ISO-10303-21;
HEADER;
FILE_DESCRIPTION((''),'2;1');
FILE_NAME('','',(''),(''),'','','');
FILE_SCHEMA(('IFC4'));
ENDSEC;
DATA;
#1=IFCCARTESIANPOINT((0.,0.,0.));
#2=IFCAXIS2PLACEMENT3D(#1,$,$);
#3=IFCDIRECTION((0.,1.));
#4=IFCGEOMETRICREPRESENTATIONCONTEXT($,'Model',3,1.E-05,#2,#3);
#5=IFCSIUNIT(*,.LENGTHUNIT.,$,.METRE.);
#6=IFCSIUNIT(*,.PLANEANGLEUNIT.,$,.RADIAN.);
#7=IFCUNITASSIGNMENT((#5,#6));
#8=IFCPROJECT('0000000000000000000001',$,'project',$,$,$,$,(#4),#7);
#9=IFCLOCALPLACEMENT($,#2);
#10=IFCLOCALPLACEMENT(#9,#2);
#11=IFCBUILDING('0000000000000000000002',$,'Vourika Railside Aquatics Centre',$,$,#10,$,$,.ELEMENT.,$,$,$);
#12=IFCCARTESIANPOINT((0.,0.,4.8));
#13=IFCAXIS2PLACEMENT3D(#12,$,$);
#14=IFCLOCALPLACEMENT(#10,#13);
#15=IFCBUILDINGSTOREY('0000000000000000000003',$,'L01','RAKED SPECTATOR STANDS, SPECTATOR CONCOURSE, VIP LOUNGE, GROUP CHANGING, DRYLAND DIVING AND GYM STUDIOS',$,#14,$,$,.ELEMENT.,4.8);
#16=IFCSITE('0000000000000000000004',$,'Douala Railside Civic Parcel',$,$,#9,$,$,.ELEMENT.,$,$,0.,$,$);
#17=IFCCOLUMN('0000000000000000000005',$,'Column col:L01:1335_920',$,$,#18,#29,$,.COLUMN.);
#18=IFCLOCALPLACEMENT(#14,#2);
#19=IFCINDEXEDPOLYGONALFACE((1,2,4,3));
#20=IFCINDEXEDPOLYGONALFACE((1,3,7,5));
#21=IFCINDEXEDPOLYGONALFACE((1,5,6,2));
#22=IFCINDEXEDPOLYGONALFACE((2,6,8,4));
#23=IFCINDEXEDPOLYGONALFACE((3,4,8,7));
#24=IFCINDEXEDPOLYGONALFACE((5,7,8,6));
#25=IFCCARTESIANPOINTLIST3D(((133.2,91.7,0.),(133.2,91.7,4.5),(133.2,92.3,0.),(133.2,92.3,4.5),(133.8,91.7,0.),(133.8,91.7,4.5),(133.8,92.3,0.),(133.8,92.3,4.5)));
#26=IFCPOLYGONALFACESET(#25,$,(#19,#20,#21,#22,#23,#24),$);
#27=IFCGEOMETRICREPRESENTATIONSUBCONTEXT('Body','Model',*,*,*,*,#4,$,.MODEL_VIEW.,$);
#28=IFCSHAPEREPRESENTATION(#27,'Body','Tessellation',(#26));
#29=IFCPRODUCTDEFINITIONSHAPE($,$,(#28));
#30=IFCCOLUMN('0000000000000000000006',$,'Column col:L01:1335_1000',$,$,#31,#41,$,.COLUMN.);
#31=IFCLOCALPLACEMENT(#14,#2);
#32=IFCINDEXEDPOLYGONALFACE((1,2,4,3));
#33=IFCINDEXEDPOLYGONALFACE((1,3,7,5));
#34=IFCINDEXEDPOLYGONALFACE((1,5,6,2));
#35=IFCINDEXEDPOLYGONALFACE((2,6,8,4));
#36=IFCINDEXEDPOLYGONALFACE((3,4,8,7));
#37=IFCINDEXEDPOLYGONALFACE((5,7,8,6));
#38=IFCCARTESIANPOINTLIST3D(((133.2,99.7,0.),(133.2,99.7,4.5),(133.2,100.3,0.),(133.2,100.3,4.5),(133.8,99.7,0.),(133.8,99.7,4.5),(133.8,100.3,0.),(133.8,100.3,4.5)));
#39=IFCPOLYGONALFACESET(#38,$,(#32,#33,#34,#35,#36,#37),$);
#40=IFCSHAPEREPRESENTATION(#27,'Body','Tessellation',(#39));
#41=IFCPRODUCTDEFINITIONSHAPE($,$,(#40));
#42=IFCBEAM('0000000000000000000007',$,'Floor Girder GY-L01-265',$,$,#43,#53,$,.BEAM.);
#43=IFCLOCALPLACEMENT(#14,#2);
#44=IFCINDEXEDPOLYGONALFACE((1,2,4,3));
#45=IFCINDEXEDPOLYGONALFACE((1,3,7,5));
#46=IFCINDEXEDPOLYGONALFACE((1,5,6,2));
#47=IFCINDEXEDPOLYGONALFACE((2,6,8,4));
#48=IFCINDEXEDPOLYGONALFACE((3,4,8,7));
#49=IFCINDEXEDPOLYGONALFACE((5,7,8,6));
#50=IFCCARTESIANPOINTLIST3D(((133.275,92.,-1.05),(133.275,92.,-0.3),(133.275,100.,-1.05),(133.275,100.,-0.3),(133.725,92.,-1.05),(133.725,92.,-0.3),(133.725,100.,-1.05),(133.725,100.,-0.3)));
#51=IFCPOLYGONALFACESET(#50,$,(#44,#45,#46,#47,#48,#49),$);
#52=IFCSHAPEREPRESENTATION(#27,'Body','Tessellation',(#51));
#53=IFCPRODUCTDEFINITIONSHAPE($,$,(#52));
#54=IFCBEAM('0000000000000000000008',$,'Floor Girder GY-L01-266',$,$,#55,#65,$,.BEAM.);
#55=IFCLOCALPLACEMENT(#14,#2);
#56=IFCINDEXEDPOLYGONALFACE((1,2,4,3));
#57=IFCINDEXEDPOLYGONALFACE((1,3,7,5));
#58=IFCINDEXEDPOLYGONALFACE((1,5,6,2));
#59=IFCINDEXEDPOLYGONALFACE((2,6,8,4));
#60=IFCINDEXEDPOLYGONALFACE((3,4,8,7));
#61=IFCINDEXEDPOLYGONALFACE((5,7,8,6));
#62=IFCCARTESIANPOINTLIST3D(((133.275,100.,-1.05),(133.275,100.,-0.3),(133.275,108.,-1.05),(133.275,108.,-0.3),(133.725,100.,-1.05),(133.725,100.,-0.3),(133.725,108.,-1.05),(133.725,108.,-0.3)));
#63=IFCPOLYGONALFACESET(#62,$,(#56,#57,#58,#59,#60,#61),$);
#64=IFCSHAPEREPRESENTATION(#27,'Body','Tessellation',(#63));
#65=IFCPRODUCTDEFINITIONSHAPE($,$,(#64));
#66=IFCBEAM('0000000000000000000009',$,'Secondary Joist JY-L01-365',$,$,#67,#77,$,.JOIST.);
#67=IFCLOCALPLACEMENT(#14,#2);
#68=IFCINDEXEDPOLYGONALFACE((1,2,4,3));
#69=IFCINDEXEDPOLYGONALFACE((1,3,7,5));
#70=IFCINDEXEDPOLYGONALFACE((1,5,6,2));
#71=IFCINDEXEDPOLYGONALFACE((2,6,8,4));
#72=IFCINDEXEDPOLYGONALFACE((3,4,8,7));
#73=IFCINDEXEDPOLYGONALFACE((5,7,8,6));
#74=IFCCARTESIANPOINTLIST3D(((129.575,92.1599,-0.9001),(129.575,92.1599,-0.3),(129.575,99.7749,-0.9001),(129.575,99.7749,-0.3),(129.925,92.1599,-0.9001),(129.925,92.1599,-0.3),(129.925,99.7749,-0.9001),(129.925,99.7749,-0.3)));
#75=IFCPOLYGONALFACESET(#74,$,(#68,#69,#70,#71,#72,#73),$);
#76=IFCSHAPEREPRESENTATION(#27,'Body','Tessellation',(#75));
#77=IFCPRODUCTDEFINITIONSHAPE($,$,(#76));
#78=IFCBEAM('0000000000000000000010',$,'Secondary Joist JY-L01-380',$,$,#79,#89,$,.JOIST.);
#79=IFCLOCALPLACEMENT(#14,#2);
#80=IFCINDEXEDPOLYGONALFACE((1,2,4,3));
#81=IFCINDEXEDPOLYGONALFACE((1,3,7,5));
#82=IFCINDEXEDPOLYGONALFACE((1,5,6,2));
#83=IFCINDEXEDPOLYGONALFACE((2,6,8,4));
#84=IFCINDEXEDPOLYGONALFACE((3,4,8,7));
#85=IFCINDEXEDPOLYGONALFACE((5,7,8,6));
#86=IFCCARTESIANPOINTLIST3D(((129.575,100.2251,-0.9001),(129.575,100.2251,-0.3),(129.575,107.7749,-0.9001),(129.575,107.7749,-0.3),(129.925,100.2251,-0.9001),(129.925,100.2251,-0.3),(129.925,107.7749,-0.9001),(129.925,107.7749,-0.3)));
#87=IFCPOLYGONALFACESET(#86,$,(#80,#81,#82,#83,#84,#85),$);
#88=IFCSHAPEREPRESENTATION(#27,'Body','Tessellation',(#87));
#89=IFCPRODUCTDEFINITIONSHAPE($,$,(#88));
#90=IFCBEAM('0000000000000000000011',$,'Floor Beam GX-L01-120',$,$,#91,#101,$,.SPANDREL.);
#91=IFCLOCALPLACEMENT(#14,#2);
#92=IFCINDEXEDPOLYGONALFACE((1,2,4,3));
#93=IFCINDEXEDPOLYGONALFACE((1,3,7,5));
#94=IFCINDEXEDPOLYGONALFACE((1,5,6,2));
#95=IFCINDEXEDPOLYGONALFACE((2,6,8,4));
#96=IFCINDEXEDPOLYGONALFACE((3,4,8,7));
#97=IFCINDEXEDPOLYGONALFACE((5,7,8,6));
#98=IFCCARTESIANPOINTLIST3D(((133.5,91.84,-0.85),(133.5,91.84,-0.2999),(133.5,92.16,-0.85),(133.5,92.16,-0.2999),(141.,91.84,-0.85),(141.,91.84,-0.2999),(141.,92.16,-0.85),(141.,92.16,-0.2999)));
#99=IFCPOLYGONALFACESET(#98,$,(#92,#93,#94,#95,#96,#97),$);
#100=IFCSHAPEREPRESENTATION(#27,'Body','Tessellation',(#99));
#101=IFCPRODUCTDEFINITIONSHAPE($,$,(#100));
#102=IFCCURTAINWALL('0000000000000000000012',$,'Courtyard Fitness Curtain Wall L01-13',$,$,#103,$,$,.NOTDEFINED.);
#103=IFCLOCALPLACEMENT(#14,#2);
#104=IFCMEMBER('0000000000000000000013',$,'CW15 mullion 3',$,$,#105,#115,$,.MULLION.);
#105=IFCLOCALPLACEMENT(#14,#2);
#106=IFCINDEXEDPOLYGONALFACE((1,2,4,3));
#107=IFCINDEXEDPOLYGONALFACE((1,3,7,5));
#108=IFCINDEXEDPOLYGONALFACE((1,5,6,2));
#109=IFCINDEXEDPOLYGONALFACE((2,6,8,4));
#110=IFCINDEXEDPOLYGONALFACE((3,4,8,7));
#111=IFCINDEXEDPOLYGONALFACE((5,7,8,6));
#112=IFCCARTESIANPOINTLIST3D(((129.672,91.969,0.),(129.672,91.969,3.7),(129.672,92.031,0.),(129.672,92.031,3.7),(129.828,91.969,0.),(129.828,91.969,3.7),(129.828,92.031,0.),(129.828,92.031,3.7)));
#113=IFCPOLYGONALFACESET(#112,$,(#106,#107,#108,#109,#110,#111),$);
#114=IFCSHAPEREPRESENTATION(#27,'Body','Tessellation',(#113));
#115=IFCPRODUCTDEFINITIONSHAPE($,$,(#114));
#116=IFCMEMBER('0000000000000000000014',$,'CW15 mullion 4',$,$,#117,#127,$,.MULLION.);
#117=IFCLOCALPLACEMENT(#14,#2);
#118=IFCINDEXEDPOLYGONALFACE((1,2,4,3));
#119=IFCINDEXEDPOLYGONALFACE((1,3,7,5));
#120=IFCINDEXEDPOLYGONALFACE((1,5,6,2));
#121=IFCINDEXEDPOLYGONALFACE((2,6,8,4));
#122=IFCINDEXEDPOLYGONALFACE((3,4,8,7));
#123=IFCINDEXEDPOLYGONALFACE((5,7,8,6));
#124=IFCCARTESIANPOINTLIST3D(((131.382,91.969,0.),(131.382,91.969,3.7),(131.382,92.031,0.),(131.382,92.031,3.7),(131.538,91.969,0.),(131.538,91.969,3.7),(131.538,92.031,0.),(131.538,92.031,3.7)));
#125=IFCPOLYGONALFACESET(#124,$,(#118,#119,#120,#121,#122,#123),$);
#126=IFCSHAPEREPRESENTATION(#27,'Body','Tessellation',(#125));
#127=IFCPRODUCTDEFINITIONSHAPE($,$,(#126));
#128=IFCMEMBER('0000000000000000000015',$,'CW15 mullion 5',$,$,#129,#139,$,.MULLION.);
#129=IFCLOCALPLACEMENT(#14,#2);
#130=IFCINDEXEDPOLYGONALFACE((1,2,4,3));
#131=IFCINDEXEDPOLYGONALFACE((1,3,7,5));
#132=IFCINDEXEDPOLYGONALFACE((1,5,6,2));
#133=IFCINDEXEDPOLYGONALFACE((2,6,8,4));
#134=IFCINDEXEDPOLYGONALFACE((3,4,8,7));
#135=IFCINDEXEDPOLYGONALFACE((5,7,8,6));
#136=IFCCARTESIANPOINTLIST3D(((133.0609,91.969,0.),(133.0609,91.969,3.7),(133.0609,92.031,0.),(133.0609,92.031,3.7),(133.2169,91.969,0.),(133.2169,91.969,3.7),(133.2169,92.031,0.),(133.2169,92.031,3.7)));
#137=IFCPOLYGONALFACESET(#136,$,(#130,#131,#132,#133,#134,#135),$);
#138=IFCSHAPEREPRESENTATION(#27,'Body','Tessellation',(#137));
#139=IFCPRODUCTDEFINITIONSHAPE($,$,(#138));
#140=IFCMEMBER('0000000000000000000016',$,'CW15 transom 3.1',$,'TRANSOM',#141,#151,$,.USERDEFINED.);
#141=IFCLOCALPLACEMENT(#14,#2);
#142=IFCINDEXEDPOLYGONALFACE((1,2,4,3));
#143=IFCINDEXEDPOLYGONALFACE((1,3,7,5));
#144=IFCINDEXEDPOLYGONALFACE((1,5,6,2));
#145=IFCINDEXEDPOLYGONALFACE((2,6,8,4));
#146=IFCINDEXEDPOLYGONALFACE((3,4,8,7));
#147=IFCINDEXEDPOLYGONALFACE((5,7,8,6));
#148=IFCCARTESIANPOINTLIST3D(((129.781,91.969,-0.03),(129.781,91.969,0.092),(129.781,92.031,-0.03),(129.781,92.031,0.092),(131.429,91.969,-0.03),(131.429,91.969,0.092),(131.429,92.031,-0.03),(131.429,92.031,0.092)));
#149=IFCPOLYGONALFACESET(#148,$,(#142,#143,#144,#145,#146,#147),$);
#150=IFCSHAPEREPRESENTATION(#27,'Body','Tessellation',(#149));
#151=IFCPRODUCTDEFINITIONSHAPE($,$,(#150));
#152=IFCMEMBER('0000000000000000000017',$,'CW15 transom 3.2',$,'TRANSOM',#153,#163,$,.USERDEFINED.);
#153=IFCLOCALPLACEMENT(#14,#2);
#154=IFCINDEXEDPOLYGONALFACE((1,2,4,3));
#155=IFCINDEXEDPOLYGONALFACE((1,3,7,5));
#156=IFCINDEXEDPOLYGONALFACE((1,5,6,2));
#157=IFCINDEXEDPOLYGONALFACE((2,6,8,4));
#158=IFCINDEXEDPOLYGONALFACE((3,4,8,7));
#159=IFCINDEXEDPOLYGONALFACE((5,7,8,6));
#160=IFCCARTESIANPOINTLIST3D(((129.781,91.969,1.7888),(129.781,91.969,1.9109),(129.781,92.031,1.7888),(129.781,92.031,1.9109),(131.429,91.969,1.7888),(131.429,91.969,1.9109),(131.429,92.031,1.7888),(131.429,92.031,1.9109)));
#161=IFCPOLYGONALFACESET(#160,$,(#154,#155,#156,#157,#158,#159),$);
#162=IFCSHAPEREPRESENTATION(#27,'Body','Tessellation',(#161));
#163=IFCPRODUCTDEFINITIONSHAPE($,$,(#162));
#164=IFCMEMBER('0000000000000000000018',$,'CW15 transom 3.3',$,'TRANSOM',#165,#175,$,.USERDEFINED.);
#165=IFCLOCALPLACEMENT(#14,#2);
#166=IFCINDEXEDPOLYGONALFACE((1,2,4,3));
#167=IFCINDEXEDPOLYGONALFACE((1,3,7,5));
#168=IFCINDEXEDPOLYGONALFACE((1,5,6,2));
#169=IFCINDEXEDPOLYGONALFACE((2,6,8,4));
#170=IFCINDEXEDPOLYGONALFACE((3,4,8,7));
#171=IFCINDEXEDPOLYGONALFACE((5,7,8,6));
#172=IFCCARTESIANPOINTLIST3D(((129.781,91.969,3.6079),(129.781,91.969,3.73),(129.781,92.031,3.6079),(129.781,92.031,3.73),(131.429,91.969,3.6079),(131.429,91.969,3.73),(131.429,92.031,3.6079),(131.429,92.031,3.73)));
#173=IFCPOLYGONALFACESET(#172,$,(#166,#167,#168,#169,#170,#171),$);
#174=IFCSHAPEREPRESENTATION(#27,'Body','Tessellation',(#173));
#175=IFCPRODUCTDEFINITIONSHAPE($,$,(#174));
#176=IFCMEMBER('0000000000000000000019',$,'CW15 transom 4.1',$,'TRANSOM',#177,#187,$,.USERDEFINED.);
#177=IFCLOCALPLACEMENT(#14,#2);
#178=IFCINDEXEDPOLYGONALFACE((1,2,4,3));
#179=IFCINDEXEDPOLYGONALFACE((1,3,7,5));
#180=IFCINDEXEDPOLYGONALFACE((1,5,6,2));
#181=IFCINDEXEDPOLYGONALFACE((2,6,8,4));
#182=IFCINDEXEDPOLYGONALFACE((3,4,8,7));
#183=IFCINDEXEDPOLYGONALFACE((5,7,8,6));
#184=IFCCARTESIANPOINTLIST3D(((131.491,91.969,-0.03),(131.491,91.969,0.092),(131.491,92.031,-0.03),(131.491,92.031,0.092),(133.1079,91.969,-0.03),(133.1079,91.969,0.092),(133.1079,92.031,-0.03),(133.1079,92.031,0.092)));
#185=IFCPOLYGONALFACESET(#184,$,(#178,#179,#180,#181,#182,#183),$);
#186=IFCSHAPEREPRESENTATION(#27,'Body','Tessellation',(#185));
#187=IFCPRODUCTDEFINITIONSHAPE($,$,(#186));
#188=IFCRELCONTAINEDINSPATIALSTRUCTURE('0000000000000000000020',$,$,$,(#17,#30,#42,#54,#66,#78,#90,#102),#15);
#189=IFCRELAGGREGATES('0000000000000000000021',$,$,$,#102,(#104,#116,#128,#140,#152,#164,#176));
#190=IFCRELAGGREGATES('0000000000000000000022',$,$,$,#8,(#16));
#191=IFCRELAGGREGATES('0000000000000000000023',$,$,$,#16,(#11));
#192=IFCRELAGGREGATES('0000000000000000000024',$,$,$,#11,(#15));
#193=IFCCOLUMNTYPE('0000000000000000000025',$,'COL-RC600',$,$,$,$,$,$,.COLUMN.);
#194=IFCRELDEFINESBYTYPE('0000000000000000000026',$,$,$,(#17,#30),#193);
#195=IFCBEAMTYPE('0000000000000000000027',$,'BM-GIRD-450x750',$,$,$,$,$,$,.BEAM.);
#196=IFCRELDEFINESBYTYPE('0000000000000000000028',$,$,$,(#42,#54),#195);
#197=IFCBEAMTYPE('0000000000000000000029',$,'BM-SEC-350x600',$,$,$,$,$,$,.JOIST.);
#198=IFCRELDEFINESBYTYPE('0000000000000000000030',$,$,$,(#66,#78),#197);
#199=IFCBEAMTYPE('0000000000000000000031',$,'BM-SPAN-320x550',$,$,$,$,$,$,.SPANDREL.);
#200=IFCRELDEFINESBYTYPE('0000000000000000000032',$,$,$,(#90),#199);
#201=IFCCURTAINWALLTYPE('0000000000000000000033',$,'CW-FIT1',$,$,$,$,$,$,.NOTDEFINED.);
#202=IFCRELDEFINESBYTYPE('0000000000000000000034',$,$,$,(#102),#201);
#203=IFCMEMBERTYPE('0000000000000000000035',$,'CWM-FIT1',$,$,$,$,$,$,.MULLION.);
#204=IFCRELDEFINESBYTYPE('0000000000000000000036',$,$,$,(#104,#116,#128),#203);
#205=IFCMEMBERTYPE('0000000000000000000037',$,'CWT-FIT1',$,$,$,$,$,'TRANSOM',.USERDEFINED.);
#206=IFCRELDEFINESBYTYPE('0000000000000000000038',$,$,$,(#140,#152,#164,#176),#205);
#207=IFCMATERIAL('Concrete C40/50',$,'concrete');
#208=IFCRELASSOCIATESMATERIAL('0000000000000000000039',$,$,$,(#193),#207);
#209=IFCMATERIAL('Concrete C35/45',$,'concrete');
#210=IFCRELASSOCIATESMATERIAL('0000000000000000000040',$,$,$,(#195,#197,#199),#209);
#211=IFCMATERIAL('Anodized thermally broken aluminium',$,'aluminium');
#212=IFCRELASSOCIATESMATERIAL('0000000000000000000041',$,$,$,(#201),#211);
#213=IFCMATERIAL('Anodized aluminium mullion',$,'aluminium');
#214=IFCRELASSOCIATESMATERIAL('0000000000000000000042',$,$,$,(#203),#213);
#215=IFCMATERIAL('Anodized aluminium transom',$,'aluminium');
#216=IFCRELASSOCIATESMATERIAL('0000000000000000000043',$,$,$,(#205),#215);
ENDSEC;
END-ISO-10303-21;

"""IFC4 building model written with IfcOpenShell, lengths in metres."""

from ifc_helpers import new_model, si_unit, direction, frame, origin, origin_2d, place, context, subcontext, project, spatial, rectangle, extrude, material, material_profile, profile_set, type_object, element, aggregate, save


model = new_model("IFC4")

# Units and contexts
model_context = context("Model", 3, precision=1e-05, world=origin(), true_north=direction((0.0, 1.0)))
body_context = subcontext(model_context, "Body", "Model", "MODEL_VIEW")
ifc_project = project(units=[si_unit("LENGTHUNIT", "METRE"), si_unit("PLANEANGLEUNIT", "RADIAN")], contexts=[model_context])

# Site, building, storey
site_placement = place(None, origin())
site = spatial("IfcSite", under=ifc_project, at=site_placement, Name="Douala Railside Civic Parcel", CompositionType="ELEMENT", RefElevation=0.0)
building_placement = place(site_placement, origin())
building = spatial("IfcBuilding", under=site, at=building_placement, Name="Vourika Railside Aquatics Centre", CompositionType="ELEMENT")
storey_placement = place(building_placement, frame((0.0, 0.0, 4.8)))
storey = spatial("IfcBuildingStorey", under=building, at=storey_placement, Name="L01", Description="RAKED SPECTATOR STANDS, SPECTATOR CONCOURSE, VIP LOUNGE, GROUP CHANGING, DRYLAND DIVING AND GYM STUDIOS", CompositionType="ELEMENT", Elevation=4.8)

# Columns
ifc_material_1 = material(Name="Concrete C40/50", Category="concrete")
ifc_material_profile_1 = material_profile(ifc_material_1, rectangle(XDim=0.6001, YDim=0.6001, at=origin_2d()), Name="RC 600x600")
ifc_profile_set_1 = profile_set([ifc_material_profile_1], Name="Concrete C40/50")
column_type = type_object("IfcColumnType", Name="COL-RC600", PredefinedType="COLUMN", material=ifc_profile_set_1)
for number, where, z_axis, x_axis, name in (
    (1, (133.5, 92.0, 0.0), (0.0, 0.0, 1.0), (1.0, 0.0, 0.0), "Column col:L01:1335_920"),
    (2, (133.5, 100.0, 0.0), (0.0, 0.0, 1.0), (1.0, 0.0, 0.0), "Column col:L01:1335_1000"),
):
    element("IfcColumn", number, at=place(storey_placement, frame(where, z_axis=z_axis, x_axis=x_axis)), inside=storey, type_object=column_type, Name=name, PredefinedType="COLUMN", context=body_context, shape_type="SweptSolid", body=[
        extrude(rectangle(XDim=0.6001, YDim=0.6001, at=origin_2d()), origin(), (0.0, 0.0, 1.0), 4.5),
    ])

# Beams
ifc_material_2 = material(Name="Concrete C35/45", Category="concrete")
ifc_material_profile_2 = material_profile(ifc_material_2, rectangle(XDim=0.45, YDim=0.75, at=origin_2d()), Name="RC 450x750")
ifc_profile_set_2 = profile_set([ifc_material_profile_2], Name="Concrete C35/45")
beam_type_1 = type_object("IfcBeamType", Name="BM-GIRD-450x750", PredefinedType="BEAM", material=ifc_profile_set_2)
for number, where, z_axis, x_axis, name in (
    (3, (133.5, 92.0, -0.675), (0.0, 1.0, 0.0), (-1.0, 0.0, 0.0), "Floor Girder GY-L01-265"),
    (4, (133.5, 100.0, -0.675), (0.0, 1.0, 0.0), (-1.0, 0.0, 0.0), "Floor Girder GY-L01-266"),
):
    element("IfcBeam", number, at=place(storey_placement, frame(where, z_axis=z_axis, x_axis=x_axis)), inside=storey, type_object=beam_type_1, Name=name, PredefinedType="BEAM", context=body_context, shape_type="SweptSolid", body=[
        extrude(rectangle(XDim=0.45, YDim=0.75, at=origin_2d()), origin(), (0.0, 0.0, 1.0), 8.0),
    ])
ifc_material_profile_3 = material_profile(ifc_material_2, rectangle(XDim=0.3501, YDim=0.6001, at=origin_2d()), Name="RC 350x600")
ifc_profile_set_3 = profile_set([ifc_material_profile_3], Name="Concrete C35/45")
beam_type_2 = type_object("IfcBeamType", Name="BM-SEC-350x600", PredefinedType="JOIST", material=ifc_profile_set_3)
beam_1_placement = place(storey_placement, frame((129.75, 92.1599, -0.6001), z_axis=(0.0, 1.0, 0.0), x_axis=(-1.0, 0.0, 0.0)))
element("IfcBeam", 5, at=beam_1_placement, inside=storey, type_object=beam_type_2, Name="Secondary Joist JY-L01-365", PredefinedType="JOIST", context=body_context, shape_type="SweptSolid", body=[
    extrude(rectangle(XDim=0.3501, YDim=0.6001, at=origin_2d()), origin(), (0.0, 0.0, 1.0), 7.615),
])
beam_2_placement = place(storey_placement, frame((129.75, 100.2251, -0.6001), z_axis=(0.0, 1.0, 0.0), x_axis=(-1.0, 0.0, 0.0)))
element("IfcBeam", 6, at=beam_2_placement, inside=storey, type_object=beam_type_2, Name="Secondary Joist JY-L01-380", PredefinedType="JOIST", context=body_context, shape_type="SweptSolid", body=[
    extrude(rectangle(XDim=0.3501, YDim=0.6001, at=origin_2d()), origin(), (0.0, 0.0, 1.0), 7.5498),
])
ifc_material_profile_4 = material_profile(ifc_material_2, rectangle(XDim=0.3201, YDim=0.55, at=origin_2d()), Name="RC 320x550")
ifc_profile_set_4 = profile_set([ifc_material_profile_4], Name="Concrete C35/45")
beam_type_3 = type_object("IfcBeamType", Name="BM-SPAN-320x550", PredefinedType="SPANDREL", material=ifc_profile_set_4)
beam_3_placement = place(storey_placement, frame((133.5, 92.0, -0.575), z_axis=(1.0, 0.0, 0.0), x_axis=(0.0, 1.0, 0.0)))
element("IfcBeam", 7, at=beam_3_placement, inside=storey, type_object=beam_type_3, Name="Floor Beam GX-L01-120", PredefinedType="SPANDREL", context=body_context, shape_type="SweptSolid", body=[
    extrude(rectangle(XDim=0.3201, YDim=0.55, at=origin_2d()), origin(), (0.0, 0.0, 1.0), 7.5),
])

# Curtain wall, members
ifc_material_3 = material(Name="Anodized thermally broken aluminium", Category="aluminium")
curtain_wall_type = type_object("IfcCurtainWallType", Name="CW-FIT1", PredefinedType="NOTDEFINED", material=ifc_material_3)
curtain_wall_placement = place(storey_placement, origin())
curtain_wall = element("IfcCurtainWall", 8, at=curtain_wall_placement, inside=storey, type_object=curtain_wall_type, Name="Courtyard Fitness Curtain Wall L01-13", PredefinedType="NOTDEFINED")
ifc_material_4 = material(Name="Anodized aluminium mullion", Category="aluminium")
ifc_material_profile_5 = material_profile(ifc_material_4, rectangle(XDim=0.062, YDim=0.156, at=origin_2d()), Name="ALU-M 62x156")
ifc_profile_set_5 = profile_set([ifc_material_profile_5], Name="Anodized aluminium mullion")
member_type_1 = type_object("IfcMemberType", Name="CWM-FIT1", PredefinedType="MULLION", material=ifc_profile_set_5)
member_1_placement = place(storey_placement, frame((129.75, 92.0, 0.0), z_axis=(0.0, 0.0, 1.0), x_axis=(0.0, 1.0, 0.0)))
member_1 = element("IfcMember", 9, at=member_1_placement, type_object=member_type_1, Name="CW15 mullion 3", PredefinedType="MULLION", context=body_context, shape_type="SweptSolid", body=[
    extrude(rectangle(XDim=0.062, YDim=0.156, at=origin_2d()), origin(), (0.0, 0.0, 1.0), 3.7),
])
member_2_placement = place(storey_placement, frame((131.46, 92.0, 0.0), z_axis=(0.0, 0.0, 1.0), x_axis=(0.0, 1.0, 0.0)))
member_2 = element("IfcMember", 10, at=member_2_placement, type_object=member_type_1, Name="CW15 mullion 4", PredefinedType="MULLION", context=body_context, shape_type="SweptSolid", body=[
    extrude(rectangle(XDim=0.062, YDim=0.156, at=origin_2d()), origin(), (0.0, 0.0, 1.0), 3.7),
])
member_3_placement = place(storey_placement, frame((133.1389, 92.0, 0.0), z_axis=(0.0, 0.0, 1.0), x_axis=(0.0, 1.0, 0.0)))
member_3 = element("IfcMember", 11, at=member_3_placement, type_object=member_type_1, Name="CW15 mullion 5", PredefinedType="MULLION", context=body_context, shape_type="SweptSolid", body=[
    extrude(rectangle(XDim=0.062, YDim=0.156, at=origin_2d()), origin(), (0.0, 0.0, 1.0), 3.7),
])
ifc_material_5 = material(Name="Anodized aluminium transom", Category="aluminium")
ifc_material_profile_6 = material_profile(ifc_material_5, rectangle(XDim=0.062, YDim=0.1221, at=origin_2d()), Name="ALU-T 62x122")
ifc_profile_set_6 = profile_set([ifc_material_profile_6], Name="Anodized aluminium transom")
member_type_2 = type_object("IfcMemberType", Name="CWT-FIT1", ElementType="TRANSOM", PredefinedType="USERDEFINED", material=ifc_profile_set_6)
member_4_placement = place(storey_placement, frame((129.781, 92.0, 0.031), z_axis=(1.0, 0.0, 0.0), x_axis=(0.0, 1.0, 0.0)))
member_4 = element("IfcMember", 12, at=member_4_placement, type_object=member_type_2, Name="CW15 transom 3.1", ObjectType="TRANSOM", PredefinedType="USERDEFINED", context=body_context, shape_type="SweptSolid", body=[
    extrude(rectangle(XDim=0.062, YDim=0.1221, at=origin_2d()), origin(), (0.0, 0.0, 1.0), 1.6479),
])
member_5_placement = place(storey_placement, frame((129.781, 92.0, 1.8499), z_axis=(1.0, 0.0, 0.0), x_axis=(0.0, 1.0, 0.0)))
member_5 = element("IfcMember", 13, at=member_5_placement, type_object=member_type_2, Name="CW15 transom 3.2", ObjectType="TRANSOM", PredefinedType="USERDEFINED", context=body_context, shape_type="SweptSolid", body=[
    extrude(rectangle(XDim=0.062, YDim=0.1221, at=origin_2d()), origin(), (0.0, 0.0, 1.0), 1.6479),
])
member_6_placement = place(storey_placement, frame((129.781, 92.0, 3.6689), z_axis=(1.0, 0.0, 0.0), x_axis=(0.0, 1.0, 0.0)))
member_6 = element("IfcMember", 14, at=member_6_placement, type_object=member_type_2, Name="CW15 transom 3.3", ObjectType="TRANSOM", PredefinedType="USERDEFINED", context=body_context, shape_type="SweptSolid", body=[
    extrude(rectangle(XDim=0.062, YDim=0.1221, at=origin_2d()), origin(), (0.0, 0.0, 1.0), 1.6479),
])
member_7_placement = place(storey_placement, frame((131.491, 92.0, 0.031), z_axis=(1.0, 0.0, 0.0), x_axis=(0.0, 1.0, 0.0)))
member_7 = element("IfcMember", 15, at=member_7_placement, type_object=member_type_2, Name="CW15 transom 4.1", ObjectType="TRANSOM", PredefinedType="USERDEFINED", context=body_context, shape_type="SweptSolid", body=[
    extrude(rectangle(XDim=0.062, YDim=0.1221, at=origin_2d()), origin(), (0.0, 0.0, 1.0), 1.6169),
])
aggregate(curtain_wall, [member_1, member_2, member_3, member_4, member_5, member_6, member_7])

save(model, "model.ifc")
